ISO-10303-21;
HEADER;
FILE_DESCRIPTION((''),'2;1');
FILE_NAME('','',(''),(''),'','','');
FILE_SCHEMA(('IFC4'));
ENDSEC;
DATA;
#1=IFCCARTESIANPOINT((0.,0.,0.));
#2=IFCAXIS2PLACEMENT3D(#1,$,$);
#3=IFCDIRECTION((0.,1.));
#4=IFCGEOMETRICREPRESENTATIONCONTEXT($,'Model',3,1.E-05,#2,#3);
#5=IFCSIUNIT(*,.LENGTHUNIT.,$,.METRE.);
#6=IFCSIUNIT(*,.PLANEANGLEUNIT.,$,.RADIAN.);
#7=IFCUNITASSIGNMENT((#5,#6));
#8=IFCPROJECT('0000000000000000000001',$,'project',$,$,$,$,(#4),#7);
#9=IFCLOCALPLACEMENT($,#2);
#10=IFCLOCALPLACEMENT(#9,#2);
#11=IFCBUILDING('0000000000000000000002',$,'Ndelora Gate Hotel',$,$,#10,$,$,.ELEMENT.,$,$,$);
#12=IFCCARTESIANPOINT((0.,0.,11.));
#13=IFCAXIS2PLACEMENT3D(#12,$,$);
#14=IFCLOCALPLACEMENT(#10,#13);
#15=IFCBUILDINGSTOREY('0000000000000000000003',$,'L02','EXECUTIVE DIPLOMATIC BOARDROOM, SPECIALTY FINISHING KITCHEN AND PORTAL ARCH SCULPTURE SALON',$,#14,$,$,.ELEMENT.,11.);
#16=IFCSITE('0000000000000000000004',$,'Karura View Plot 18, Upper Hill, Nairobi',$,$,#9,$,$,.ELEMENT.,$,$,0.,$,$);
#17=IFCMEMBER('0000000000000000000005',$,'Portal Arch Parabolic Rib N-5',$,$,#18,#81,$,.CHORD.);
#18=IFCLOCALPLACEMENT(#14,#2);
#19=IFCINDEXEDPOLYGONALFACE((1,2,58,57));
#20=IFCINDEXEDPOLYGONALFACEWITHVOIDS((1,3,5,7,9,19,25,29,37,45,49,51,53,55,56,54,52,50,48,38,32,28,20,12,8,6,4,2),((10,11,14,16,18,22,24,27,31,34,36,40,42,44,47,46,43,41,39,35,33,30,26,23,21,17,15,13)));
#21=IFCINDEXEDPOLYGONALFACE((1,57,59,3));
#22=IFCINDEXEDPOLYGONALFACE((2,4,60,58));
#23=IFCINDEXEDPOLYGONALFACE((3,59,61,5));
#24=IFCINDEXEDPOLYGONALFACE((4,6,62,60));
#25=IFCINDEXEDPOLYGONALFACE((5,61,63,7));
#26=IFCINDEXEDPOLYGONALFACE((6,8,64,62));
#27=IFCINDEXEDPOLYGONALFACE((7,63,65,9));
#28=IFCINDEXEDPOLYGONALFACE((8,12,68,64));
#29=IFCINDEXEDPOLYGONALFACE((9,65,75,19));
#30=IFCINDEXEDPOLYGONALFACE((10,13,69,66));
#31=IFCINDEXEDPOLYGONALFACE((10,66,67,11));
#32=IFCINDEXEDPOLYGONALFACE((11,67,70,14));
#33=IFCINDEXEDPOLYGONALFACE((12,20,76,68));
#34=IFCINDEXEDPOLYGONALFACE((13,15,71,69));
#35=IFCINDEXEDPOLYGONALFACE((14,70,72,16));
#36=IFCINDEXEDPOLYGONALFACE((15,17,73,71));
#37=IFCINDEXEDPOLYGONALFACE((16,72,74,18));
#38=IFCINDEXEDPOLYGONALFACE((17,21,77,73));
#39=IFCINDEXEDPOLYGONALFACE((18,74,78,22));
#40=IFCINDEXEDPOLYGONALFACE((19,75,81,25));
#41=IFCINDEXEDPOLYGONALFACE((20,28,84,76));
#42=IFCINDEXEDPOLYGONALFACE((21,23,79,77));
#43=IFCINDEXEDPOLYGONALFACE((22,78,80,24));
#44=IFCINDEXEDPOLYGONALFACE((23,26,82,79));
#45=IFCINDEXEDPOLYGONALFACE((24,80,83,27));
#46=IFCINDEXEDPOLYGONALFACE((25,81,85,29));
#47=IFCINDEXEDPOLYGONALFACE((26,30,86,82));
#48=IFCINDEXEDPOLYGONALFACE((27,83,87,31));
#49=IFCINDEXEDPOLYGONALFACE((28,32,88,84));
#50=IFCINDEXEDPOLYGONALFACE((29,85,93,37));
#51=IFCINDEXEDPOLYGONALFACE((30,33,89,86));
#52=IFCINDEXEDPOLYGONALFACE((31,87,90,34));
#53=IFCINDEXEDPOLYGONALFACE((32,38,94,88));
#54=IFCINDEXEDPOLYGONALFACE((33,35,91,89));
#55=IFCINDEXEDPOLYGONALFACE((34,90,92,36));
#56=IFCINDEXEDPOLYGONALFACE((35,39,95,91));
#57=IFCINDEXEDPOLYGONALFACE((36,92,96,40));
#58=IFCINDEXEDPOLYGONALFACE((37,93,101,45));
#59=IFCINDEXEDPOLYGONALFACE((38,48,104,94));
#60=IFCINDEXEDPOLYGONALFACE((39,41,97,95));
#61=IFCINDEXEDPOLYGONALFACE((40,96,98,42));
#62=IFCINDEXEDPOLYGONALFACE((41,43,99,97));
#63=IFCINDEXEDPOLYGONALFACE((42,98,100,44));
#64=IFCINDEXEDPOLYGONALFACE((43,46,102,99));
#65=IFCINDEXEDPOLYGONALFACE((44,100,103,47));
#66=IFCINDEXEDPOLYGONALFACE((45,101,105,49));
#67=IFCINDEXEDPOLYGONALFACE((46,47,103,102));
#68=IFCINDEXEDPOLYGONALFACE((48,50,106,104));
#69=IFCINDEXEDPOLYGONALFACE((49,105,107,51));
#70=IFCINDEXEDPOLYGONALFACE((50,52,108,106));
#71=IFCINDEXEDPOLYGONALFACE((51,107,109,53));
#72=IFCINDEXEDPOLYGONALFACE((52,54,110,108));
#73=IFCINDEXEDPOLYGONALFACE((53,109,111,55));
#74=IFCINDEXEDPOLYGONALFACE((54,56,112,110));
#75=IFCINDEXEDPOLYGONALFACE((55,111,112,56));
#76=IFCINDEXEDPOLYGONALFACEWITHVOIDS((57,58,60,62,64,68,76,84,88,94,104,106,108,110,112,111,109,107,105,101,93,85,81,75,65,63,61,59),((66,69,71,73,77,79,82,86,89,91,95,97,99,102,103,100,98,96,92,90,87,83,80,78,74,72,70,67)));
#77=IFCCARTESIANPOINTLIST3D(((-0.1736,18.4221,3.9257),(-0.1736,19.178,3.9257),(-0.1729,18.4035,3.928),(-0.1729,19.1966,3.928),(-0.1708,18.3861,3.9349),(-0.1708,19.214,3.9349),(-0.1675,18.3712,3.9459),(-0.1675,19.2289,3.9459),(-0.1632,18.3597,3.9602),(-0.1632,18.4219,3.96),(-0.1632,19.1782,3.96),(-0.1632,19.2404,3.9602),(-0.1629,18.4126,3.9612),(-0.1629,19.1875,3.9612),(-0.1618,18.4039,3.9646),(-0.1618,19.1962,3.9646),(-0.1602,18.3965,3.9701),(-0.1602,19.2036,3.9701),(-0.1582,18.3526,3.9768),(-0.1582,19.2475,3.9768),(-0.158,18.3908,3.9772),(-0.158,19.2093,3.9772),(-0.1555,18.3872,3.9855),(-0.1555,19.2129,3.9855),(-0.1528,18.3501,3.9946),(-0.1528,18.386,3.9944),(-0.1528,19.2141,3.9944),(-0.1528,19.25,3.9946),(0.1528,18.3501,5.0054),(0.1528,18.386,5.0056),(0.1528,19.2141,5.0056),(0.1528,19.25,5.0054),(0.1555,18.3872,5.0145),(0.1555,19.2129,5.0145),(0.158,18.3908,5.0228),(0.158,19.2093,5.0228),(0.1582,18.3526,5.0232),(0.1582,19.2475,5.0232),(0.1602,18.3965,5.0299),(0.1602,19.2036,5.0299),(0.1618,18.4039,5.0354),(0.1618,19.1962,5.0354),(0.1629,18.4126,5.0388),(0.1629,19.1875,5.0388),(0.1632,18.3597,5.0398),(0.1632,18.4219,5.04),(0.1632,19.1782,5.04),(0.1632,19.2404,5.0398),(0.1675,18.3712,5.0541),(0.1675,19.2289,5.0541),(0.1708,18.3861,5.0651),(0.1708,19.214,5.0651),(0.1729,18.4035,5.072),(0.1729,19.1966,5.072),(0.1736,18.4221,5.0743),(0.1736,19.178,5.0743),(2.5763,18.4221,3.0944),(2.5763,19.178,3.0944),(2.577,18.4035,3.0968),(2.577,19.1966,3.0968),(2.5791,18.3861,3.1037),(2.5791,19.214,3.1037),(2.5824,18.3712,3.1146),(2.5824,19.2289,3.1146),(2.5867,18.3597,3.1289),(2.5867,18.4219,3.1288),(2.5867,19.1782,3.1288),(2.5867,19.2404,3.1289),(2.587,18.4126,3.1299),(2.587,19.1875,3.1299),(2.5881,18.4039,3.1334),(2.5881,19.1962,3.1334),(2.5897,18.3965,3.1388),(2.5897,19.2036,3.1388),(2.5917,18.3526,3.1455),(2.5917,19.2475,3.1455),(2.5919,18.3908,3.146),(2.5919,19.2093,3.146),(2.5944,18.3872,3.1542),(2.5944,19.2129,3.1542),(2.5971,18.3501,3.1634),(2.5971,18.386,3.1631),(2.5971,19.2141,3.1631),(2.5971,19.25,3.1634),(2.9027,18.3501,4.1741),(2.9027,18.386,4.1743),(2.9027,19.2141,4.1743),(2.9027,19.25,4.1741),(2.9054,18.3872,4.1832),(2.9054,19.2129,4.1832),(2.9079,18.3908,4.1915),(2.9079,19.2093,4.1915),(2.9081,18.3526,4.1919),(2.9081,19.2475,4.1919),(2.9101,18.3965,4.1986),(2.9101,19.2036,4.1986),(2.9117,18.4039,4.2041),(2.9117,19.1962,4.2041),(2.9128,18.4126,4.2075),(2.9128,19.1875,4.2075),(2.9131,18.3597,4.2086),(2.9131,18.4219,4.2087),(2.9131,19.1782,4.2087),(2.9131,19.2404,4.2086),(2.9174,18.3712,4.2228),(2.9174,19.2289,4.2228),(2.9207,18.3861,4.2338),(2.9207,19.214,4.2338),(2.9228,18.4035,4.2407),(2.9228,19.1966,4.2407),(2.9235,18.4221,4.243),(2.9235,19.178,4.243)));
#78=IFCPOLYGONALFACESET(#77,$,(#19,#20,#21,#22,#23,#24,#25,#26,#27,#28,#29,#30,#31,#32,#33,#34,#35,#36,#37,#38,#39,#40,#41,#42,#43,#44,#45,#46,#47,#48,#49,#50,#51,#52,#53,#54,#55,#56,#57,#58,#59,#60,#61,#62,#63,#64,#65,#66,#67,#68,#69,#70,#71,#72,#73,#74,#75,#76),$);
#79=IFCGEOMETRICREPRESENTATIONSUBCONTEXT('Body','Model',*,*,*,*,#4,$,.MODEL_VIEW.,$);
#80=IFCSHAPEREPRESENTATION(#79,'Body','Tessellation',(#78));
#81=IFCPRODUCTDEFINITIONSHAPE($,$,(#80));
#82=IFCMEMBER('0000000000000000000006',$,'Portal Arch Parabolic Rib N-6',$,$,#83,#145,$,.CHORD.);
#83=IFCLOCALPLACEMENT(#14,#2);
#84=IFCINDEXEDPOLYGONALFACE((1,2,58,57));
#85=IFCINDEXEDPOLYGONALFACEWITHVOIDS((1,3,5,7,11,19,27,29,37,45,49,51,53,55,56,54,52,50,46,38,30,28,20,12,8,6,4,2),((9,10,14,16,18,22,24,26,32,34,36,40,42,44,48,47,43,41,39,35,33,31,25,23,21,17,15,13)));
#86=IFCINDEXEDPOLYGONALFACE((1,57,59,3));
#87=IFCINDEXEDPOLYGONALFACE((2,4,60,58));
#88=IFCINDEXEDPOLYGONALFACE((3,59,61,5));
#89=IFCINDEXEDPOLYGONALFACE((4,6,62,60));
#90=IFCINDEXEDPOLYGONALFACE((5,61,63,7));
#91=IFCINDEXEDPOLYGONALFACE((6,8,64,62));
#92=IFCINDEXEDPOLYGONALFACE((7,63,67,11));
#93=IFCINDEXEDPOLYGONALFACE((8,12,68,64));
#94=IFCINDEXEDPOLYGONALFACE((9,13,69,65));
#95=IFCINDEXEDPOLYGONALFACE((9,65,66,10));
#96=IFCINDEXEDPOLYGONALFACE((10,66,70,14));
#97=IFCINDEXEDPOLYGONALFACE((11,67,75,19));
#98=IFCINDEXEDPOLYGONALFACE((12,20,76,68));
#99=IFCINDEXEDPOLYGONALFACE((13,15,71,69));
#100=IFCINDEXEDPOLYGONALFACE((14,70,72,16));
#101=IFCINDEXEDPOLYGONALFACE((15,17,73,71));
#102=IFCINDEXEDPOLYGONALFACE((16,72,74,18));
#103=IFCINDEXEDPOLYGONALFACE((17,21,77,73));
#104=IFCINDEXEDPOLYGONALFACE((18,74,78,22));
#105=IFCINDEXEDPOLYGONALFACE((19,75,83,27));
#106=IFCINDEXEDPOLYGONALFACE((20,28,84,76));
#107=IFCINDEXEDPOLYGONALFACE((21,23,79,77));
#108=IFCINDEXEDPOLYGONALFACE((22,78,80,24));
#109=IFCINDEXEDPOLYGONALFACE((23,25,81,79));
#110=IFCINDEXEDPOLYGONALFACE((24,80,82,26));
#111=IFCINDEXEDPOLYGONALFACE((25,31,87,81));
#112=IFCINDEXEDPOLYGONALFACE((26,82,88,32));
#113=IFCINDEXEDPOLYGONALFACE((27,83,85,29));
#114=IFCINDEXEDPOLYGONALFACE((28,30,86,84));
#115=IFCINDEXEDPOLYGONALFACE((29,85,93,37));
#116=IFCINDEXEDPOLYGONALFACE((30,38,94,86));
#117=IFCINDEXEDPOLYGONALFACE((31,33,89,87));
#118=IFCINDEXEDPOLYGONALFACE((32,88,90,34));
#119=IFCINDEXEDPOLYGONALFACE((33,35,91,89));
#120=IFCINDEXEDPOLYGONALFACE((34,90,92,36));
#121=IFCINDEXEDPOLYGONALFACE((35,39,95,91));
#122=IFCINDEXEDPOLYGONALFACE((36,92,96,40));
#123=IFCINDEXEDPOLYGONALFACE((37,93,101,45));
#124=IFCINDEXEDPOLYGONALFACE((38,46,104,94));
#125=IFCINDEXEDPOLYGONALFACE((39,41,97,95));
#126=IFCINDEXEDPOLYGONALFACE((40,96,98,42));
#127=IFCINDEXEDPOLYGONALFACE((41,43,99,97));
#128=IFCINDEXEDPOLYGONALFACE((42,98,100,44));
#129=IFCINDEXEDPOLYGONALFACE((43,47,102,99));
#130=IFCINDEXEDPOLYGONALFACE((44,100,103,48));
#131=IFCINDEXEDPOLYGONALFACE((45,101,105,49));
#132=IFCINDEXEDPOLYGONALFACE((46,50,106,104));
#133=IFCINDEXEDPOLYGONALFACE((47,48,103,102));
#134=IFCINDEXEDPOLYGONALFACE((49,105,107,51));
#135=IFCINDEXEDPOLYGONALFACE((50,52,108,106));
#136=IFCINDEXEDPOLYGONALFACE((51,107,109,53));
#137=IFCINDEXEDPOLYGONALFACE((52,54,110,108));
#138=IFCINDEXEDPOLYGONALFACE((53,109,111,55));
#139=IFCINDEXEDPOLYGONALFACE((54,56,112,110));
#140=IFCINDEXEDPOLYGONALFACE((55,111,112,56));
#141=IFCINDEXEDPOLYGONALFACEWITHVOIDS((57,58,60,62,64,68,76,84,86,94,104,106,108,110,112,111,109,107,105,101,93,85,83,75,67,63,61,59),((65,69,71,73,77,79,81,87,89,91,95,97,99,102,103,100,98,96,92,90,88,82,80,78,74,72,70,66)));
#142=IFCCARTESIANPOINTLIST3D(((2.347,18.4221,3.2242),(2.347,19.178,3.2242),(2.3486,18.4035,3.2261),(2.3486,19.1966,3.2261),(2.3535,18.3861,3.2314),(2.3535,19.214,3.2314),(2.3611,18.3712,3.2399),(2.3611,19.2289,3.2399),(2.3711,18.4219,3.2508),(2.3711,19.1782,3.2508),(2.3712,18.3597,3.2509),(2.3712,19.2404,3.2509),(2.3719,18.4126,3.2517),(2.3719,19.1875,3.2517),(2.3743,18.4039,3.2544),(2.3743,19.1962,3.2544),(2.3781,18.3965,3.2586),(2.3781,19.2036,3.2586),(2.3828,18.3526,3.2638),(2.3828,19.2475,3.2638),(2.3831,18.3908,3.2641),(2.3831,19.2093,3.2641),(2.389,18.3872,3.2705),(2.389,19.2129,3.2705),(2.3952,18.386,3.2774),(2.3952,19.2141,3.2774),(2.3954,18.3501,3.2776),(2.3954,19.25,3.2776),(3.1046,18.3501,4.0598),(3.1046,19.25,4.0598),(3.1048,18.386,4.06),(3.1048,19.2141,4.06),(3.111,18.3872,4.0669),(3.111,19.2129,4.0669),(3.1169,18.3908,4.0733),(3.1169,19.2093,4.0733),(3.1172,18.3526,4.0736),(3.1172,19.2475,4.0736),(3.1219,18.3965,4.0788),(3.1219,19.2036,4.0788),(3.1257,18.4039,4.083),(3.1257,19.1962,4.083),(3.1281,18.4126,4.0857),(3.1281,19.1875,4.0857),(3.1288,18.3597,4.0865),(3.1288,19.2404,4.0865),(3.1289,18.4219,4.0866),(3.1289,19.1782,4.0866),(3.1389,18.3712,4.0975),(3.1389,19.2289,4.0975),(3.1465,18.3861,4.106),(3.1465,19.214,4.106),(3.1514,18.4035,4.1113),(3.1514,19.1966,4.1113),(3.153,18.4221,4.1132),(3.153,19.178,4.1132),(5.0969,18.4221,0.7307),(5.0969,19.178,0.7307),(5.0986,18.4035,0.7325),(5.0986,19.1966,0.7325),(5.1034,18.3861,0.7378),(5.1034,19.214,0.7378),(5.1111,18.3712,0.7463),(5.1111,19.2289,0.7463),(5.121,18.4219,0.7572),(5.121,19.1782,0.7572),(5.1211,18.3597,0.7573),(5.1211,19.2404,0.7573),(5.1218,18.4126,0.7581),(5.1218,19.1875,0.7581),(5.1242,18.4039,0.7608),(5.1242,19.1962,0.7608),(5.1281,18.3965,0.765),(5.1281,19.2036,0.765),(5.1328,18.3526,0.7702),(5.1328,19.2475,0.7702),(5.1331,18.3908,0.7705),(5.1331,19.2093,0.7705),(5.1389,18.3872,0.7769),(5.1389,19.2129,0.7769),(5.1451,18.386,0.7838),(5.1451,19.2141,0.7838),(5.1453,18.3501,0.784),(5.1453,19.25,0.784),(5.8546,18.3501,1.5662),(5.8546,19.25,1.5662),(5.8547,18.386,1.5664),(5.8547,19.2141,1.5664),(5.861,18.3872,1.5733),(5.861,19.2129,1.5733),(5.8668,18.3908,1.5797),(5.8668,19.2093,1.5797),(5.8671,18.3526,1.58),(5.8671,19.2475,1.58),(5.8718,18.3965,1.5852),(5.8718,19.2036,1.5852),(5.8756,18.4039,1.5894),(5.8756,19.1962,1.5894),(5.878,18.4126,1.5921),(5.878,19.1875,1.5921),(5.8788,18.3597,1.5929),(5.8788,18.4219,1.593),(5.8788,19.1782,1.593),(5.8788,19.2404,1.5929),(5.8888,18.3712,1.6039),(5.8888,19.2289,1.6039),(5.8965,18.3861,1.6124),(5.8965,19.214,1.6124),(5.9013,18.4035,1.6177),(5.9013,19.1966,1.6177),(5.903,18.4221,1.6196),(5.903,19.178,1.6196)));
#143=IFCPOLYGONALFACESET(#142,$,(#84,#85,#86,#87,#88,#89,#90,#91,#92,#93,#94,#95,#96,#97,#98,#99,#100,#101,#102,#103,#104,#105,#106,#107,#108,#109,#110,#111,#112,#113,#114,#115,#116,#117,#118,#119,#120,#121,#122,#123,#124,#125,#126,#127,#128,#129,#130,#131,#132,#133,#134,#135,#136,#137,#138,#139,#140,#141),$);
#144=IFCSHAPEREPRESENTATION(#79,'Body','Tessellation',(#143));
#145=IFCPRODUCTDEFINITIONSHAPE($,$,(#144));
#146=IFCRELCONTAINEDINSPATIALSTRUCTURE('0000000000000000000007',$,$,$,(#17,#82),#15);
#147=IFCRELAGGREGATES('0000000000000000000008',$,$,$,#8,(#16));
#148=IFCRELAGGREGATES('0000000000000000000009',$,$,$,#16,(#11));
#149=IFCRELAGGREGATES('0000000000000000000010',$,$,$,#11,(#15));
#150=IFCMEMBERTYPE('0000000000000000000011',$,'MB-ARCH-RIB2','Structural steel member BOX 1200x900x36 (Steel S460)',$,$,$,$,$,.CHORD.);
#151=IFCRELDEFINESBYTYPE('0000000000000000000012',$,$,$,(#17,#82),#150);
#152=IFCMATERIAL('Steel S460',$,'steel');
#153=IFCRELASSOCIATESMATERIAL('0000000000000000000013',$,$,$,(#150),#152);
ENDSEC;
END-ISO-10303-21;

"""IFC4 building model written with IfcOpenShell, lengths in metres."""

from ifc_helpers import new_model, si_unit, direction, frame, origin, origin_2d, place, context, subcontext, project, spatial, hollow_rectangle, extrude, material, material_profile, profile_set, type_object, element, save


model = new_model("IFC4")

# Units and contexts
model_context = context("Model", 3, precision=1e-05, world=origin(), true_north=direction((0.0, 1.0)))
body_context = subcontext(model_context, "Body", "Model", "MODEL_VIEW")
ifc_project = project(units=[si_unit("LENGTHUNIT", "METRE"), si_unit("PLANEANGLEUNIT", "RADIAN")], contexts=[model_context])

# Site, building, storey
site_placement = place(None, origin())
site = spatial("IfcSite", under=ifc_project, at=site_placement, Name="Karura View Plot 18, Upper Hill, Nairobi", CompositionType="ELEMENT", RefElevation=0.0)
building_placement = place(site_placement, origin())
building = spatial("IfcBuilding", under=site, at=building_placement, Name="Ndelora Gate Hotel", CompositionType="ELEMENT")
storey_placement = place(building_placement, frame((0.0, 0.0, 11.0)))
storey = spatial("IfcBuildingStorey", under=building, at=storey_placement, Name="L02", Description="EXECUTIVE DIPLOMATIC BOARDROOM, SPECIALTY FINISHING KITCHEN AND PORTAL ARCH SCULPTURE SALON", CompositionType="ELEMENT", Elevation=11.0)

# Members
ifc_material_1 = material(Name="Steel S460", Category="steel")
ifc_material_profile_1 = material_profile(ifc_material_1, hollow_rectangle(XDim=0.8999, YDim=1.2, WallThickness=0.0359, InnerFilletRadius=0.0359, OuterFilletRadius=0.072, at=origin_2d()), Name="BOX 1200x900x36")
ifc_profile_set_1 = profile_set([ifc_material_profile_1], Name="Steel S460")
member_type_1 = type_object("IfcMemberType", Name="MB-ARCH-RIB2", Description="Structural steel member BOX 1200x900x36 (Steel S460)", PredefinedType="CHORD", material=ifc_profile_set_1)
member_1_placement = place(storey_placement, frame((0.0, 18.8, 4.5), z_axis=(0.957221, 0.0, -0.289359), x_axis=(0.0, 1.0, 0.0)))
element("IfcMember", 1, at=member_1_placement, inside=storey, type_object=member_type_1, Name="Portal Arch Parabolic Rib N-5", PredefinedType="CHORD", context=body_context, shape_type="SweptSolid", body=[
    extrude(hollow_rectangle(XDim=0.8999, YDim=1.2, WallThickness=0.0359, InnerFilletRadius=0.0359, OuterFilletRadius=0.072, at=origin_2d()), origin(), (0.0, 0.0, 1.0), 2.8728),
])
member_2_placement = place(storey_placement, frame((2.75, 18.8, 3.6687), z_axis=(0.740791, 0.0, -0.671736), x_axis=(0.0, 1.0, 0.0)))
element("IfcMember", 2, at=member_2_placement, inside=storey, type_object=member_type_1, Name="Portal Arch Parabolic Rib N-6", PredefinedType="CHORD", context=body_context, shape_type="SweptSolid", body=[
    extrude(hollow_rectangle(XDim=0.8999, YDim=1.2, WallThickness=0.0359, InnerFilletRadius=0.0359, OuterFilletRadius=0.072, at=origin_2d()), origin(), (0.0, 0.0, 1.0), 3.7122),
])

save(model, "model.ifc")
